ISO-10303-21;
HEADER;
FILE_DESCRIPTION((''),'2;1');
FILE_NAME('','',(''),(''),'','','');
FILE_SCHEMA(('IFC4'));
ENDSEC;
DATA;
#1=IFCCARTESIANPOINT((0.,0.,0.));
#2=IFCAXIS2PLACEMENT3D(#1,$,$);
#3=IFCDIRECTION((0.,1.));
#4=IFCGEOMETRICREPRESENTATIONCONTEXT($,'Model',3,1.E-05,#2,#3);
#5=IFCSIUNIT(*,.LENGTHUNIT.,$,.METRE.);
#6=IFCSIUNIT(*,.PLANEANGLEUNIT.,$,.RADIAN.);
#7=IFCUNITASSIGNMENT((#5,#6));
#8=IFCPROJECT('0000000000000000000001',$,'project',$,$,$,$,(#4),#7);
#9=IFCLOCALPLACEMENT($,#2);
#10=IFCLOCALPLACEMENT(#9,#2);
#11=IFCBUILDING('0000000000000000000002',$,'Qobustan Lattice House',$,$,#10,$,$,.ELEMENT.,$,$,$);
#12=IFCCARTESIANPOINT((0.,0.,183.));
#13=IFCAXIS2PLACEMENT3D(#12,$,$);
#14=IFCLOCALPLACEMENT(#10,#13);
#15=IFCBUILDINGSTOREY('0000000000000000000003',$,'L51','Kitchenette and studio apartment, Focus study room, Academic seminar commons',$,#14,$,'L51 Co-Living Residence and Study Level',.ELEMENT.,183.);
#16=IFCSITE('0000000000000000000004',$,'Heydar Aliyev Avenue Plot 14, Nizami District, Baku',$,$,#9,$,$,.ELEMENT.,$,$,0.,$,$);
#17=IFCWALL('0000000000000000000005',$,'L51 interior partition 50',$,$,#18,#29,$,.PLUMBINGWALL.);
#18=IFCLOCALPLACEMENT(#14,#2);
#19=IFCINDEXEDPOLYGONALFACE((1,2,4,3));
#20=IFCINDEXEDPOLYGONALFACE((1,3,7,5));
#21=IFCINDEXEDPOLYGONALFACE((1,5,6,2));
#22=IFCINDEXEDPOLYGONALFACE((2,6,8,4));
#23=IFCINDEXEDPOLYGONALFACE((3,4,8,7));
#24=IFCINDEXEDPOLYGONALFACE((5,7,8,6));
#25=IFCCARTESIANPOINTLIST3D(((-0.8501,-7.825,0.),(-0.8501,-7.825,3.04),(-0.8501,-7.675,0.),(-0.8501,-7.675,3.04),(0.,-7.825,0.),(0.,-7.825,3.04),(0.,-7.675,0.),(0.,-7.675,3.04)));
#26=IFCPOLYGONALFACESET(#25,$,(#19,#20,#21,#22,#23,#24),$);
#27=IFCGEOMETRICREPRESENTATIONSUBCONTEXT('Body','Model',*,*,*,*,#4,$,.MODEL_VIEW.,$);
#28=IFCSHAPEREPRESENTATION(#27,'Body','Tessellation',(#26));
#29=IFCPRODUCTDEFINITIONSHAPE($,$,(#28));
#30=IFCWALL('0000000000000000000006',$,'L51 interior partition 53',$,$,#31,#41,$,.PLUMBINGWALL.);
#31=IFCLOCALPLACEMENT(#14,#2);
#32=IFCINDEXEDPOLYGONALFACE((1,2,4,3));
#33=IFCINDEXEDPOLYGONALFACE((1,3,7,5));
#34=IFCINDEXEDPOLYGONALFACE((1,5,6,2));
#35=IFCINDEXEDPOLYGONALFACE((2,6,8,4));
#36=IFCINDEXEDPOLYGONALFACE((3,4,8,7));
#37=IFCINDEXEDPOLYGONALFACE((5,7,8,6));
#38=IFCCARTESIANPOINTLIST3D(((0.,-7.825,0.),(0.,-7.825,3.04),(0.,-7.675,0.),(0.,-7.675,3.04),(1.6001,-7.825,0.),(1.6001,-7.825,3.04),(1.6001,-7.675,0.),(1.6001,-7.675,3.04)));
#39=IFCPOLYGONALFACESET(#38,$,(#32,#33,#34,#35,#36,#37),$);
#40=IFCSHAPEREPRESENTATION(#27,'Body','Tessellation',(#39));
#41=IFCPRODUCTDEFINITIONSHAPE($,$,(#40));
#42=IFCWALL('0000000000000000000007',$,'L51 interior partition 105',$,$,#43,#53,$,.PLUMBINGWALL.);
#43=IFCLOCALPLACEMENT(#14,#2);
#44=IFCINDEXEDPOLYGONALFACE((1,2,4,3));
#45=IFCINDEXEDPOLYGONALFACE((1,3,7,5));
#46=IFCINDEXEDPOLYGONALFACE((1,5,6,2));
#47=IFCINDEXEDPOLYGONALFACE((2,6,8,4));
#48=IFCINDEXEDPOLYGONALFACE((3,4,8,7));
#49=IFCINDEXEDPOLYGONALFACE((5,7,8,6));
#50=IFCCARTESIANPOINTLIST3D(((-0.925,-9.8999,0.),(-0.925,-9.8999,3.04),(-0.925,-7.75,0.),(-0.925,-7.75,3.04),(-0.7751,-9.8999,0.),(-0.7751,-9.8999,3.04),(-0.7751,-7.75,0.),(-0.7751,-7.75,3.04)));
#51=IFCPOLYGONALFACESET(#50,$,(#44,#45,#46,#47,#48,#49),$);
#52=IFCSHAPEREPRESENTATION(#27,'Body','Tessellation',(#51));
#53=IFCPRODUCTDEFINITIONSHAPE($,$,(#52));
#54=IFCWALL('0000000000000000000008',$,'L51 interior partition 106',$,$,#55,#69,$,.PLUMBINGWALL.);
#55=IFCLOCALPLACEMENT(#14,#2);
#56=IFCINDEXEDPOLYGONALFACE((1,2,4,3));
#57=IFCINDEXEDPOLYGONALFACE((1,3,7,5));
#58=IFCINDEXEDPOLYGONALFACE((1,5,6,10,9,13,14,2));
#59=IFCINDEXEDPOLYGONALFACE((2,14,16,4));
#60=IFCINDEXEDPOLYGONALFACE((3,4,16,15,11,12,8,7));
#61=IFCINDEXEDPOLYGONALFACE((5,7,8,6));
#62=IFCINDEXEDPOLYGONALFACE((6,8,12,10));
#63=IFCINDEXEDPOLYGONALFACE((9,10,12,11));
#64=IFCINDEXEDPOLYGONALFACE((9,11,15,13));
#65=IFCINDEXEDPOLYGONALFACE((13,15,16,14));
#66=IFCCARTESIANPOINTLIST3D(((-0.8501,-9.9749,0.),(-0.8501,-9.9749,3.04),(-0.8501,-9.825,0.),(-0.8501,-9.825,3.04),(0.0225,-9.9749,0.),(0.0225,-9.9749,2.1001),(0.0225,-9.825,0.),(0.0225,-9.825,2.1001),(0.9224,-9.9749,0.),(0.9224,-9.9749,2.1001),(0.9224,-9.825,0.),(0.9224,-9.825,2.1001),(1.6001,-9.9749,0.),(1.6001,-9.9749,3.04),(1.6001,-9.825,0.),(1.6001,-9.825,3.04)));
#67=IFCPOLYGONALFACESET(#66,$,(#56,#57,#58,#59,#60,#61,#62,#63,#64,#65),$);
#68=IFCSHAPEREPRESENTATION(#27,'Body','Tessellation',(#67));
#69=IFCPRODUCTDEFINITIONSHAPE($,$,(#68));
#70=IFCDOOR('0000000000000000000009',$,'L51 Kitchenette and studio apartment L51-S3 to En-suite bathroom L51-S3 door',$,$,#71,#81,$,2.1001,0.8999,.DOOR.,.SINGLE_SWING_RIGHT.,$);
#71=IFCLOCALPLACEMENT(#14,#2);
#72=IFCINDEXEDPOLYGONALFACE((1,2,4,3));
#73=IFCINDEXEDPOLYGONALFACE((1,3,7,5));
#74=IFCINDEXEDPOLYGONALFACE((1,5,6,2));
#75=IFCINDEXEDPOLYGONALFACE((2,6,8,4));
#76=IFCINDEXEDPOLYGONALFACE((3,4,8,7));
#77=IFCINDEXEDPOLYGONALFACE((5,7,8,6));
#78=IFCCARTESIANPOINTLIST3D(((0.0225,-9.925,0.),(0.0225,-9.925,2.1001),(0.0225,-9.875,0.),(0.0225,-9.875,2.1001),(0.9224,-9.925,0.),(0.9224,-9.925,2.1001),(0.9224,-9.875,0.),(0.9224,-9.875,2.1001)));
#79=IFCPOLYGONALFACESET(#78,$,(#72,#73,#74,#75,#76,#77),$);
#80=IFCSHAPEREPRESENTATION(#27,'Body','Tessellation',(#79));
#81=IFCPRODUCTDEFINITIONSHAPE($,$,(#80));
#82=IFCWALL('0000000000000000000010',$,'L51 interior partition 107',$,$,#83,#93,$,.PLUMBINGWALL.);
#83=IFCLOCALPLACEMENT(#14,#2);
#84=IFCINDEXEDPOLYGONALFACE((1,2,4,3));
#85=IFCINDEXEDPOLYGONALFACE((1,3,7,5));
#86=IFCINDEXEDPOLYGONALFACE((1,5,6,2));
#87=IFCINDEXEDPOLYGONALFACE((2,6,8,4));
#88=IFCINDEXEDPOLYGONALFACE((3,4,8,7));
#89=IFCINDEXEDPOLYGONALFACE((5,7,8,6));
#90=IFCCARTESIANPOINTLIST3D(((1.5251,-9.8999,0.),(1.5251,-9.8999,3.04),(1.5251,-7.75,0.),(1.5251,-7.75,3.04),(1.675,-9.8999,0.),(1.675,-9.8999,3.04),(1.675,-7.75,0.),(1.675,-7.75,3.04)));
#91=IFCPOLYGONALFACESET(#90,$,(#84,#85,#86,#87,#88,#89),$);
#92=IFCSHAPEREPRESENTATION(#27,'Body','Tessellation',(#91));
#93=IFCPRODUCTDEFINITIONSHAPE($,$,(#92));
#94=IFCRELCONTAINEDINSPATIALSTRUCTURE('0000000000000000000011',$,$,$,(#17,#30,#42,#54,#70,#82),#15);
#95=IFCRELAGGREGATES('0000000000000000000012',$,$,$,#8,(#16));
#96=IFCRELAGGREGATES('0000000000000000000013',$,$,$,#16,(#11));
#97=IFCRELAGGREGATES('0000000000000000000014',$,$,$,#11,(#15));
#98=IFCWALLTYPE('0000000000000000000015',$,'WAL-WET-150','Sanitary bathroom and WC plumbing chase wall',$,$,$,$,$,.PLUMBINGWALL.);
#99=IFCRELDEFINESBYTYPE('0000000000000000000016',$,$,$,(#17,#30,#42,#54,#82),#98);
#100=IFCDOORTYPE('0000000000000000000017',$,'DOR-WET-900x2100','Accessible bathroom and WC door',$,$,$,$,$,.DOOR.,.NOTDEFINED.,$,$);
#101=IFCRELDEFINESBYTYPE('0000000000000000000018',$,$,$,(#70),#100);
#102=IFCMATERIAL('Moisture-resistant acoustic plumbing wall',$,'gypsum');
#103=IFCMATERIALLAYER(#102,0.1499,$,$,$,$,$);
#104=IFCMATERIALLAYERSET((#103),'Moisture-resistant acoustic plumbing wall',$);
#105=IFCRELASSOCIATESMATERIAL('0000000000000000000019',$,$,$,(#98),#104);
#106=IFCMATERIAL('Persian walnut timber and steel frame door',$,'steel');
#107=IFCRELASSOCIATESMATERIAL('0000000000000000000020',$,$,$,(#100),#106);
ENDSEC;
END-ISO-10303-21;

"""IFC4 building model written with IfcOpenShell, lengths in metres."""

from ifc_helpers import new_model, si_unit, direction, frame, frame_2d, origin, place, context, subcontext, project, spatial, rectangle, extrude, material, layer, layer_set, type_object, element, fill, save


model = new_model("IFC4")

# Units and contexts
model_context = context("Model", 3, precision=1e-05, world=origin(), true_north=direction((0.0, 1.0)))
body_context = subcontext(model_context, "Body", "Model", "MODEL_VIEW")
ifc_project = project(units=[si_unit("LENGTHUNIT", "METRE"), si_unit("PLANEANGLEUNIT", "RADIAN")], contexts=[model_context])

# Site, building, storey
site_placement = place(None, origin())
site = spatial("IfcSite", under=ifc_project, at=site_placement, Name="Heydar Aliyev Avenue Plot 14, Nizami District, Baku", CompositionType="ELEMENT", RefElevation=0.0)
building_placement = place(site_placement, origin())
building = spatial("IfcBuilding", under=site, at=building_placement, Name="Qobustan Lattice House", CompositionType="ELEMENT")
storey_placement = place(building_placement, frame((0.0, 0.0, 183.0)))
storey = spatial("IfcBuildingStorey", under=building, at=storey_placement, Name="L51", Description="Kitchenette and studio apartment, Focus study room, Academic seminar commons", LongName="L51 Co-Living Residence and Study Level", CompositionType="ELEMENT", Elevation=183.0)

# Walls
ifc_material_1 = material(Name="Moisture-resistant acoustic plumbing wall", Category="gypsum")
ifc_layer_1 = layer(ifc_material_1, 0.1499)
ifc_layer_set_1 = layer_set([ifc_layer_1], Name="Moisture-resistant acoustic plumbing wall")
wall_type_1 = type_object("IfcWallType", Name="WAL-WET-150", Description="Sanitary bathroom and WC plumbing chase wall", PredefinedType="PLUMBINGWALL", material=ifc_layer_set_1)
wall_1_placement = place(storey_placement, frame((0.0, -7.75, 0.0), z_axis=(0.0, 0.0, 1.0), x_axis=(-1.0, 0.0, 0.0)))
element("IfcWall", 1, at=wall_1_placement, inside=storey, type_object=wall_type_1, Name="L51 interior partition 50", PredefinedType="PLUMBINGWALL", context=body_context, shape_type="SweptSolid", body=[
    extrude(rectangle(XDim=0.8501, YDim=0.1499, at=frame_2d((0.425, 0.0))), origin(), (0.0, 0.0, 1.0), 3.04),
])
wall_2_placement = place(storey_placement, frame((1.6001, -7.75, 0.0), z_axis=(0.0, 0.0, 1.0), x_axis=(-1.0, 0.0, 0.0)))
element("IfcWall", 2, at=wall_2_placement, inside=storey, type_object=wall_type_1, Name="L51 interior partition 53", PredefinedType="PLUMBINGWALL", context=body_context, shape_type="SweptSolid", body=[
    extrude(rectangle(XDim=1.6001, YDim=0.1499, at=frame_2d((0.8, 0.0))), origin(), (0.0, 0.0, 1.0), 3.04),
])
wall_3_placement = place(storey_placement, frame((-0.8501, -7.75, 0.0), z_axis=(0.0, 0.0, 1.0), x_axis=(0.0, -1.0, 0.0)))
element("IfcWall", 3, at=wall_3_placement, inside=storey, type_object=wall_type_1, Name="L51 interior partition 105", PredefinedType="PLUMBINGWALL", context=body_context, shape_type="SweptSolid", body=[
    extrude(rectangle(XDim=2.1499, YDim=0.1499, at=frame_2d((1.075, 0.0))), origin(), (0.0, 0.0, 1.0), 3.04),
])

# Wall, opening, door
wall_4_placement = place(storey_placement, frame((-0.8501, -9.8999, 0.0), z_axis=(0.0, 0.0, 1.0), x_axis=(1.0, 0.0, 0.0)))
wall_4 = element("IfcWall", 4, at=wall_4_placement, inside=storey, type_object=wall_type_1, Name="L51 interior partition 106", PredefinedType="PLUMBINGWALL", context=body_context, shape_type="SweptSolid", body=[
    extrude(rectangle(XDim=2.4502, YDim=0.1499, at=frame_2d((1.2251, 0.0))), origin(), (0.0, 0.0, 1.0), 3.04),
])
opening_1_placement = place(wall_4_placement, frame((0.8726, 0.0, 0.0)))
opening_1 = element("IfcOpeningElement", 5, at=opening_1_placement, cuts=wall_4, PredefinedType="OPENING", context=body_context, shape_type="SweptSolid", body=[
    extrude(rectangle(XDim=0.8999, YDim=2.1001, at=frame_2d((0.45, 1.05))), frame((0.0, 0.085, 0.0), z_axis=(0.0, -1.0, 0.0), x_axis=(1.0, 0.0, 0.0)), (0.0, 0.0, 1.0), 0.1699),
])
ifc_material_2 = material(Name="Persian walnut timber and steel frame door", Category="steel")
door_type_1 = type_object("IfcDoorType", Name="DOR-WET-900x2100", Description="Accessible bathroom and WC door", OperationType="NOTDEFINED", PredefinedType="DOOR", material=ifc_material_2)
door_1_placement = place(opening_1_placement, origin())
door_1 = element("IfcDoor", 6, at=door_1_placement, inside=storey, type_object=door_type_1, Name="L51 Kitchenette and studio apartment L51-S3 to En-suite bathroom L51-S3 door", OperationType="SINGLE_SWING_RIGHT", OverallHeight=2.1001, OverallWidth=0.8999, PredefinedType="DOOR", context=body_context, shape_type="SweptSolid", body=[
    extrude(rectangle(XDim=0.8999, YDim=2.1001, at=frame_2d((0.45, 1.05))), frame((0.0, 0.0249, 0.0), z_axis=(0.0, -1.0, 0.0), x_axis=(1.0, 0.0, 0.0)), (0.0, 0.0, 1.0), 0.05),
])
fill(opening_1, door_1)

# Wall
wall_5_placement = place(storey_placement, frame((1.6001, -9.8999, 0.0), z_axis=(0.0, 0.0, 1.0), x_axis=(0.0, 1.0, 0.0)))
element("IfcWall", 7, at=wall_5_placement, inside=storey, type_object=wall_type_1, Name="L51 interior partition 107", PredefinedType="PLUMBINGWALL", context=body_context, shape_type="SweptSolid", body=[
    extrude(rectangle(XDim=2.1499, YDim=0.1499, at=frame_2d((1.075, 0.0))), origin(), (0.0, 0.0, 1.0), 3.04),
])

save(model, "model.ifc")
